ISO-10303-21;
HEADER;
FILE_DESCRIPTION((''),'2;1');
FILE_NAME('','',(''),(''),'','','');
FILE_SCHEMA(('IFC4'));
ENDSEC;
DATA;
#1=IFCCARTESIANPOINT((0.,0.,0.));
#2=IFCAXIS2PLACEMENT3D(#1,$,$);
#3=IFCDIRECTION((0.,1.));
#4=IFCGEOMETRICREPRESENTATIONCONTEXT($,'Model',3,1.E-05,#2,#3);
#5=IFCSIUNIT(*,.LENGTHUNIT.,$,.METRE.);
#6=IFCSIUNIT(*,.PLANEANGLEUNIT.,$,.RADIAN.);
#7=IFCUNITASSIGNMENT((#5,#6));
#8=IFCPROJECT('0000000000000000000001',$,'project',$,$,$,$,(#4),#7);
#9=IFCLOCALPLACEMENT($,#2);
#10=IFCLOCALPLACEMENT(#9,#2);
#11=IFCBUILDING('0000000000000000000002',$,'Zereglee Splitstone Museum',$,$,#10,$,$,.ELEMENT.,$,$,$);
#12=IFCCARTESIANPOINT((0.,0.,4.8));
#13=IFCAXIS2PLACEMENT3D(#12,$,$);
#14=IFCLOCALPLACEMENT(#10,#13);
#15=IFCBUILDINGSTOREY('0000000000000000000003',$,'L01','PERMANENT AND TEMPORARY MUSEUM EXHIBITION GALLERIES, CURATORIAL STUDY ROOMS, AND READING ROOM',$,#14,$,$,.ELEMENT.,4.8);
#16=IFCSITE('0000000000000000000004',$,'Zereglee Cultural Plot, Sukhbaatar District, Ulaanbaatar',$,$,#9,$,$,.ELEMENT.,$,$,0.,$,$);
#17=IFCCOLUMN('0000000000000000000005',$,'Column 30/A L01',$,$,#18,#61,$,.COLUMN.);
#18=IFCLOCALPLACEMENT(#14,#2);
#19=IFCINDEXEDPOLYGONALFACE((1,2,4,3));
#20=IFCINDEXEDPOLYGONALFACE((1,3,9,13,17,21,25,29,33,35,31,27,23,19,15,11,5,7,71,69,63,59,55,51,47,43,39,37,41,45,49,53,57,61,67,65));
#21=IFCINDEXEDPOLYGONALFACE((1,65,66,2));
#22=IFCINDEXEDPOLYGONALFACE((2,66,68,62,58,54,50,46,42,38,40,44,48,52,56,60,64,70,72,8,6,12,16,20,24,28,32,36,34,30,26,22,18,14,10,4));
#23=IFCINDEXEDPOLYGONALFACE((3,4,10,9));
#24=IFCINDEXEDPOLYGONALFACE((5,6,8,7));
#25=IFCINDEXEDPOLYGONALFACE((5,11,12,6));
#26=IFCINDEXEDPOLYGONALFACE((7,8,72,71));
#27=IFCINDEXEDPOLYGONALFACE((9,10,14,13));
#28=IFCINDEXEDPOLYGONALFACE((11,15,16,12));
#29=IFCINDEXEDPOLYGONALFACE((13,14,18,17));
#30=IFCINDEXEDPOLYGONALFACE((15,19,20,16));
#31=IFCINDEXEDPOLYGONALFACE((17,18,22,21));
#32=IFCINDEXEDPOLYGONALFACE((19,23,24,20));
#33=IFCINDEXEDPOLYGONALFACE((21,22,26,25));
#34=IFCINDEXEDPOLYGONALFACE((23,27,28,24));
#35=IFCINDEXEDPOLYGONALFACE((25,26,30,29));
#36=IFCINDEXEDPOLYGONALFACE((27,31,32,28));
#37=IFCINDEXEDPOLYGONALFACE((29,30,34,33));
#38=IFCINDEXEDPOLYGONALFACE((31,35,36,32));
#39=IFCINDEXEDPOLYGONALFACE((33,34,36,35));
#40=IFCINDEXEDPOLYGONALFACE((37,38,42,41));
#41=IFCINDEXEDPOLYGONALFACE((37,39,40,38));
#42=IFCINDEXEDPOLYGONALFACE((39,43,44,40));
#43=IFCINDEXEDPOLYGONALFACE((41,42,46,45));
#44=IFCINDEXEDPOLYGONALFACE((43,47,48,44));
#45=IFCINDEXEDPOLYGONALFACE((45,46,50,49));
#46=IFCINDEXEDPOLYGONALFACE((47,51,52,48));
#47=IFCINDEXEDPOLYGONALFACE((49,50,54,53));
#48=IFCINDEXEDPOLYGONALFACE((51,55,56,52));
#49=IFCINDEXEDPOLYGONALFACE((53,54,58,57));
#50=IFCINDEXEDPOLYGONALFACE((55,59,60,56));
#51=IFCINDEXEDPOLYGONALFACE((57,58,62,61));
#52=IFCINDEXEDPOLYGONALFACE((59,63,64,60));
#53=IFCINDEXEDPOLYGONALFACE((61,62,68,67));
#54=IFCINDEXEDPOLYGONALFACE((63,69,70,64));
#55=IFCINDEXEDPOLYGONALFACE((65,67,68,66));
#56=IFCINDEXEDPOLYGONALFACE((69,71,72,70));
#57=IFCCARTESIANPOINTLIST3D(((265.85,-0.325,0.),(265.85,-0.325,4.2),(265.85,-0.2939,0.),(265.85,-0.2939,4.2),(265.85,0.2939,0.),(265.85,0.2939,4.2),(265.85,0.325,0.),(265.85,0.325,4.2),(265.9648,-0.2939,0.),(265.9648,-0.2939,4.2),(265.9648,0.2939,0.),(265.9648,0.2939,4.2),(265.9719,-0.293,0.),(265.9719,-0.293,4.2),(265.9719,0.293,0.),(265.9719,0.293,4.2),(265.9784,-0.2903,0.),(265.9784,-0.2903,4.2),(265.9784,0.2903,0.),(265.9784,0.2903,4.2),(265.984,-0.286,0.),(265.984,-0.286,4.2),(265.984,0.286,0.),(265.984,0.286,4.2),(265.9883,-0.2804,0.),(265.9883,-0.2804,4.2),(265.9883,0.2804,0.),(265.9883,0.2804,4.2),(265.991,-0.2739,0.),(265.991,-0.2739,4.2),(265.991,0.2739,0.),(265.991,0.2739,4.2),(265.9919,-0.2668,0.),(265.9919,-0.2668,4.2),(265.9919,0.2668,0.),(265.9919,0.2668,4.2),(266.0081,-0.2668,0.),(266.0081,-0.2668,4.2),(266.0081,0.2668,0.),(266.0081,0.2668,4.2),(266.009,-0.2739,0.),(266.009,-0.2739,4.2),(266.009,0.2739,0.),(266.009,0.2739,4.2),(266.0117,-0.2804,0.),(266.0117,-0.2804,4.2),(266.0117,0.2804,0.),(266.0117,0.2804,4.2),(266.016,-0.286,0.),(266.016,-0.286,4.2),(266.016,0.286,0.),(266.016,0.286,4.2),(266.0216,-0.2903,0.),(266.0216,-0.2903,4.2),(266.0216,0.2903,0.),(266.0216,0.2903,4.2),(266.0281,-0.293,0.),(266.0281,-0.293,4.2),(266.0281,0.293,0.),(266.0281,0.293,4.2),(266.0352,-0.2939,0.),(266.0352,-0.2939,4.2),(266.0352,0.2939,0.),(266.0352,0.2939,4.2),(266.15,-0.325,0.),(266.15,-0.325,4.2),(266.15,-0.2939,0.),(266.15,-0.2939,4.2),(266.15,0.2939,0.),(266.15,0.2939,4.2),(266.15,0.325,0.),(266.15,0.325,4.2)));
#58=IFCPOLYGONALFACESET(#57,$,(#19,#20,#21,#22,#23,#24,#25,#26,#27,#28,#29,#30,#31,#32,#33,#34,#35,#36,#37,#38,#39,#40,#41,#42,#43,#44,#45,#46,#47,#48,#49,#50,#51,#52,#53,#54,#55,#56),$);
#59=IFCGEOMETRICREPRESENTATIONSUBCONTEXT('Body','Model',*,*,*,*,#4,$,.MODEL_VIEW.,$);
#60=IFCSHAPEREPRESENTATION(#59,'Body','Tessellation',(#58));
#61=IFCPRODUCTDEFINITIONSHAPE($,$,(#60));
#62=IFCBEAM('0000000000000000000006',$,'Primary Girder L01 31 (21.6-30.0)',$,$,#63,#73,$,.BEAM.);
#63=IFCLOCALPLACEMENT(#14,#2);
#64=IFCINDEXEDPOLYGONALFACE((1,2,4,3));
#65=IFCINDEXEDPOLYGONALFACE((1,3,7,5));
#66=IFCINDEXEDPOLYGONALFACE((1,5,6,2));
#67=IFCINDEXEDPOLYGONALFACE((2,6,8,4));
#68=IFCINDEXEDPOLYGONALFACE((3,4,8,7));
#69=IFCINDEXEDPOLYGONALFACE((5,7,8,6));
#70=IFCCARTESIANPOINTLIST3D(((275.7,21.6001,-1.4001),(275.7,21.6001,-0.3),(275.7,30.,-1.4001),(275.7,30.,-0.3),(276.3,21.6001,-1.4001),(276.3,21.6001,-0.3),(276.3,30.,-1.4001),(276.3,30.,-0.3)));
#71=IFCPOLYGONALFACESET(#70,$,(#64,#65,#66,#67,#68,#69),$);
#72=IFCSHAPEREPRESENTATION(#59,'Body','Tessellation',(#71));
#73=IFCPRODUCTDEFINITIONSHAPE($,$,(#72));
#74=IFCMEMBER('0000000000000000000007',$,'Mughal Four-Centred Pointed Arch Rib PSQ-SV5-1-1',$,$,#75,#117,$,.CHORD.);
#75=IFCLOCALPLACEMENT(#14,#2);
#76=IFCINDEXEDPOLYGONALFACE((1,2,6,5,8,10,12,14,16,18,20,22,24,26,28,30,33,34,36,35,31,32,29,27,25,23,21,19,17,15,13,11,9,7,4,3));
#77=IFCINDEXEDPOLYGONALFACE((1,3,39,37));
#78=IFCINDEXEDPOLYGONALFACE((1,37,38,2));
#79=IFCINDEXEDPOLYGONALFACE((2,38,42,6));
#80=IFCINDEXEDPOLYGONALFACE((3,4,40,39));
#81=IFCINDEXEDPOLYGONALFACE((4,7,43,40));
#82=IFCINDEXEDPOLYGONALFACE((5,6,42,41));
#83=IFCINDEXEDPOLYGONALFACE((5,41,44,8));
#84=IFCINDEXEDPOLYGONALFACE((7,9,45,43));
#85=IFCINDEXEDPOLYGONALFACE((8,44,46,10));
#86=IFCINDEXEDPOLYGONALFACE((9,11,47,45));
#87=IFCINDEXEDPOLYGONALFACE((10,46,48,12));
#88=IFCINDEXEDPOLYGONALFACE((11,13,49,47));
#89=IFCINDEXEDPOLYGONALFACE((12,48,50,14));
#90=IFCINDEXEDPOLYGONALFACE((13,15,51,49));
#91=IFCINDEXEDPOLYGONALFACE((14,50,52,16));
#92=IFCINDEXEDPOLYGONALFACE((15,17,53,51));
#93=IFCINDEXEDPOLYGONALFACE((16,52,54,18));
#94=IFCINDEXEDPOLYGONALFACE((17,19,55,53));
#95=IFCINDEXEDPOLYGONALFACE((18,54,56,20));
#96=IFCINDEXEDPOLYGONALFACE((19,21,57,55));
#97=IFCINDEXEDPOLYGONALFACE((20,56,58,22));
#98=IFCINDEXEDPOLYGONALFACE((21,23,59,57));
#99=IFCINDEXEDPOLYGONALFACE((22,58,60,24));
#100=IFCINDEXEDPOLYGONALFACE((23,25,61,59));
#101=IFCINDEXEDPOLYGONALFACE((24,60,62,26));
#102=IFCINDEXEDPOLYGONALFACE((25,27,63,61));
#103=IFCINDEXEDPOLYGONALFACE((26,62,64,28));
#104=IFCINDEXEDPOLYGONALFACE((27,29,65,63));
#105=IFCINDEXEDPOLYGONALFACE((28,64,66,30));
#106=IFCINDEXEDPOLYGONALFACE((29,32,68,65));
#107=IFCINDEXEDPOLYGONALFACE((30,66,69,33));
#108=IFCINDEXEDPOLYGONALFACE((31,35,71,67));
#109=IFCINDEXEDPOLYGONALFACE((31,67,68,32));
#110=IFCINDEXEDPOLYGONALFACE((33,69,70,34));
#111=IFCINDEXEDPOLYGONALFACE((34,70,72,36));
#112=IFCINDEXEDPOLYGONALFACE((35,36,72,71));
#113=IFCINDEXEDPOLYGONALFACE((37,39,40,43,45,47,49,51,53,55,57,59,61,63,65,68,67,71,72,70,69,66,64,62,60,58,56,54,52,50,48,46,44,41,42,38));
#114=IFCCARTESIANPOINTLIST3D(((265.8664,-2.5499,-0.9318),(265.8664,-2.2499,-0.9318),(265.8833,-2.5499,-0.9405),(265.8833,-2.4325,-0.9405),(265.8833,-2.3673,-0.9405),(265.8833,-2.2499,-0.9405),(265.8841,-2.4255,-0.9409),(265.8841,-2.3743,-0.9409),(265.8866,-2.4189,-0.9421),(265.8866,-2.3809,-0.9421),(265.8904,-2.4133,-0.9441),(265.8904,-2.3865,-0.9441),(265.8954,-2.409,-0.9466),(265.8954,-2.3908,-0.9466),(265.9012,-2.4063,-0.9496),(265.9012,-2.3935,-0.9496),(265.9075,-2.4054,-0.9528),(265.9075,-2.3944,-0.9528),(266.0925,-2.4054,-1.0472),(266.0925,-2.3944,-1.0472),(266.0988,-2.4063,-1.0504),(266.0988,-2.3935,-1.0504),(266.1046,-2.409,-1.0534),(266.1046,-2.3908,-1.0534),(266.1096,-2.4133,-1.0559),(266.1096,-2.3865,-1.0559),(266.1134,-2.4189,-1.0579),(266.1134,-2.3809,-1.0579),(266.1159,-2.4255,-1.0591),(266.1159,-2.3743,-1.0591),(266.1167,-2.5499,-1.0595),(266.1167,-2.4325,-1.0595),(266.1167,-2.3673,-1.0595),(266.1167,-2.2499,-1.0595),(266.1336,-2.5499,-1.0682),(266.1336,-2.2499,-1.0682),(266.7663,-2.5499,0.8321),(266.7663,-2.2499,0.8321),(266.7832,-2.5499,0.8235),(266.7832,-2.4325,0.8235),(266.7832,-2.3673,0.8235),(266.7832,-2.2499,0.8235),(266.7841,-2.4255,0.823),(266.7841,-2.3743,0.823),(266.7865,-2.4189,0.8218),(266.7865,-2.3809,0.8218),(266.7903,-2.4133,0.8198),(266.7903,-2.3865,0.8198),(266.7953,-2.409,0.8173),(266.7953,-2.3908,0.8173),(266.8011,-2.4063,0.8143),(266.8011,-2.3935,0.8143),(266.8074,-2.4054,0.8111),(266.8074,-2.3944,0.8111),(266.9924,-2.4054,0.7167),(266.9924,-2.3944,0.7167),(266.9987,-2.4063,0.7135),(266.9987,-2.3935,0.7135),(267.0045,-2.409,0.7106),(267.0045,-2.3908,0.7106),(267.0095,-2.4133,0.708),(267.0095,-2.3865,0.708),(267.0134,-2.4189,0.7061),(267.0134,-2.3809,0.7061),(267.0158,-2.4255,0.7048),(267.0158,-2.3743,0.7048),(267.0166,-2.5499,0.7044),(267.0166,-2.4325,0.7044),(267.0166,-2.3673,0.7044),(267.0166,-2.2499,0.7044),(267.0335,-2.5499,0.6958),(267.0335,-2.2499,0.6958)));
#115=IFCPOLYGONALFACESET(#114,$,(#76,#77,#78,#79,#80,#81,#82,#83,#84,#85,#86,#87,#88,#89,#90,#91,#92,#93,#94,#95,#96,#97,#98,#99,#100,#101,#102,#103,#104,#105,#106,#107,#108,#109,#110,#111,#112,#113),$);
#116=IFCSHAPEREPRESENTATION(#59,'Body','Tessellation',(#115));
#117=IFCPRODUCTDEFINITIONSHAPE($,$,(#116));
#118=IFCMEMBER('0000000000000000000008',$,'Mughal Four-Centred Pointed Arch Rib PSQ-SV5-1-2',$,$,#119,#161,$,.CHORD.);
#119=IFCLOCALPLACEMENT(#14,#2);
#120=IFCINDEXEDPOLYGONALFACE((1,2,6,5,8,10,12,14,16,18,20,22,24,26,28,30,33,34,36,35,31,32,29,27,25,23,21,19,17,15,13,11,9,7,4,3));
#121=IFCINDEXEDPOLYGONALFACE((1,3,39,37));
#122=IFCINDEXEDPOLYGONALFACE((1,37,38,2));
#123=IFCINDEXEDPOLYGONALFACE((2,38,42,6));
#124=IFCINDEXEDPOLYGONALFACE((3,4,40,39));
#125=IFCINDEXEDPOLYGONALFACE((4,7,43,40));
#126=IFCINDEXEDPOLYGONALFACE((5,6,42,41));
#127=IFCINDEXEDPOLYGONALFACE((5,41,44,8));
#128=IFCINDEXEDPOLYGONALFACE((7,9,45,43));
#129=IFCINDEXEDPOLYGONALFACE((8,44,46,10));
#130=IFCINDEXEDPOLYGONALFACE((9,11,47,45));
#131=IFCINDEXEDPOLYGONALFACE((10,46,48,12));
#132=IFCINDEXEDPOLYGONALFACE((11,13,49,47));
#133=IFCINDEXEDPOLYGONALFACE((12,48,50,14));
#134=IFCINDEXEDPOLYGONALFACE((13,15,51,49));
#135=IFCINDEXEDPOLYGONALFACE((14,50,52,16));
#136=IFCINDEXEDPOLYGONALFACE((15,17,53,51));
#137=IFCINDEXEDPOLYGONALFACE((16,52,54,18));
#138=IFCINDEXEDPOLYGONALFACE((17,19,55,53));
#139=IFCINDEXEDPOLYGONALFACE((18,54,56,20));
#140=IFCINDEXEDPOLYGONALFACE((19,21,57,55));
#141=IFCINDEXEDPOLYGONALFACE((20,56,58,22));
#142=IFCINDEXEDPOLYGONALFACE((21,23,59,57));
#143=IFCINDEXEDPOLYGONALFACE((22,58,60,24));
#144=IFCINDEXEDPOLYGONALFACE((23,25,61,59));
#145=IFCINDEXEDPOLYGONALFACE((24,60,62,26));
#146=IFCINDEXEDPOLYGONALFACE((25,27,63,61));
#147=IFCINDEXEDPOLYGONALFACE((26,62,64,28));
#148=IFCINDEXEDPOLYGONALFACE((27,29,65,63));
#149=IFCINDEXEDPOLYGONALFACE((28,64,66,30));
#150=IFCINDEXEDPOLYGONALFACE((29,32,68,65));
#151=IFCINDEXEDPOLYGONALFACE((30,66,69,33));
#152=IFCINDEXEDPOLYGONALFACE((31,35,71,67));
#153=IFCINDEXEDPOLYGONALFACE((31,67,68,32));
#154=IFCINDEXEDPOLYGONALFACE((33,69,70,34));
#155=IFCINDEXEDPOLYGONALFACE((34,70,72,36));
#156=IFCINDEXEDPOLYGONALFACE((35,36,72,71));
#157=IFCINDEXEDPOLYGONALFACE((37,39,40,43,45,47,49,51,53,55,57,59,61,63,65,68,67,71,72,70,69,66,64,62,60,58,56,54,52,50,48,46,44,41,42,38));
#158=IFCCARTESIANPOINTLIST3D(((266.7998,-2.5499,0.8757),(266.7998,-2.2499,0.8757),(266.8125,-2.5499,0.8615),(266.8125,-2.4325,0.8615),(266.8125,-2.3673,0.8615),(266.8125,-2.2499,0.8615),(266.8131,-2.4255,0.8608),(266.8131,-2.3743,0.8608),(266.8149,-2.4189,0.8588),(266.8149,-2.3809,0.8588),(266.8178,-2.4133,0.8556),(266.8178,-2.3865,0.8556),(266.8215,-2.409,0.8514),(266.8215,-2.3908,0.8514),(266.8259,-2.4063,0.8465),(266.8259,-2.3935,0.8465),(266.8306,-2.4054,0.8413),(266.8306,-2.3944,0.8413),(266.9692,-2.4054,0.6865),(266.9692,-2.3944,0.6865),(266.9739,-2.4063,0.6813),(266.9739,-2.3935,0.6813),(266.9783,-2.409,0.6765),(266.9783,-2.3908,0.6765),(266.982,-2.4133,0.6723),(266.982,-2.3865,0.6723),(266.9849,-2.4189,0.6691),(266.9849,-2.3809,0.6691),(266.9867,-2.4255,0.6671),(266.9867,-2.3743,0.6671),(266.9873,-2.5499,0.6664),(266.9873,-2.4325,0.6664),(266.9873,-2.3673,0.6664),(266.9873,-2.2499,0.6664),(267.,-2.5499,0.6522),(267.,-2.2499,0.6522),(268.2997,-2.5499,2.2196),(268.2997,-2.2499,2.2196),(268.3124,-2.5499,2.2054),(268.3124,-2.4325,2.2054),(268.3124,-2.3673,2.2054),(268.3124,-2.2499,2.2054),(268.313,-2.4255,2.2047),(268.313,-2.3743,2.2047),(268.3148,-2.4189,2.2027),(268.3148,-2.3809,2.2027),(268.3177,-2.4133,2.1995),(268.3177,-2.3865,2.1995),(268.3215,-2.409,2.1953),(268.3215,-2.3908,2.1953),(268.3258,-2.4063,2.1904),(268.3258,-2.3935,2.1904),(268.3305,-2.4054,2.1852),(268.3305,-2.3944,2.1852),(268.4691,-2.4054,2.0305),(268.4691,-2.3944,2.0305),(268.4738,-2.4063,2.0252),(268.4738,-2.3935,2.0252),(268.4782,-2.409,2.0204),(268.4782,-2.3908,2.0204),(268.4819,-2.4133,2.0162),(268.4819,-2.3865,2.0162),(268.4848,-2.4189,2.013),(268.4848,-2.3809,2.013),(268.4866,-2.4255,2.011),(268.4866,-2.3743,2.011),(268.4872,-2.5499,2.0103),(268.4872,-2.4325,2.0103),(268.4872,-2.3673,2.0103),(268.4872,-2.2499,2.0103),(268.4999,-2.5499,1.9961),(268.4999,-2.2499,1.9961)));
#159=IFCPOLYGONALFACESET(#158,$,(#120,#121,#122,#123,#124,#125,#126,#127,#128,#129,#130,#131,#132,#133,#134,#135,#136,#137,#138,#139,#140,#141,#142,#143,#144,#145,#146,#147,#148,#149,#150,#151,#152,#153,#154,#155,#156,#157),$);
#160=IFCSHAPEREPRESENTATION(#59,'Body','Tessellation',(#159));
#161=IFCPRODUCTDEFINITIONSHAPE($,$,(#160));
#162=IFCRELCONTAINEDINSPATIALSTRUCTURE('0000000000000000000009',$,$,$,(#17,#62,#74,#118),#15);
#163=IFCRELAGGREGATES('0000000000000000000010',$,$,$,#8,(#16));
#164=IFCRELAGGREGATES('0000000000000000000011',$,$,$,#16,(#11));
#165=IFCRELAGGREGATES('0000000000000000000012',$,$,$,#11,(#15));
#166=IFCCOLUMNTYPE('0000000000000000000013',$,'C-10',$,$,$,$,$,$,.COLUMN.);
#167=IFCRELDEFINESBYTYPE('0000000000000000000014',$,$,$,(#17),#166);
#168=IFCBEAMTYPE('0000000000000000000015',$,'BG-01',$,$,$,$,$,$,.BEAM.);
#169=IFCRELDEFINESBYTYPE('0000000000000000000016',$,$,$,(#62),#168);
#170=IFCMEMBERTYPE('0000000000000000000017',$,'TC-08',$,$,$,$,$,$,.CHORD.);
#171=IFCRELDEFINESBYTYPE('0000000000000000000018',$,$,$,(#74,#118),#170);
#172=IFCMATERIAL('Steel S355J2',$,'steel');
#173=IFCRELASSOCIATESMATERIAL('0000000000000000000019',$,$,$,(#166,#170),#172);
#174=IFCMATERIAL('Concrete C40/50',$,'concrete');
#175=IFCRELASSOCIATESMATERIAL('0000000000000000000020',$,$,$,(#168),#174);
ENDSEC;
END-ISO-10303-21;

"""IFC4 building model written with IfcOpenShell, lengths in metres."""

from ifc_helpers import new_model, si_unit, direction, frame, origin, origin_2d, place, context, subcontext, project, spatial, rectangle, i_section, extrude, material, material_profile, profile_set, type_object, element, save


model = new_model("IFC4")

# Units and contexts
model_context = context("Model", 3, precision=1e-05, world=origin(), true_north=direction((0.0, 1.0)))
body_context = subcontext(model_context, "Body", "Model", "MODEL_VIEW")
ifc_project = project(units=[si_unit("LENGTHUNIT", "METRE"), si_unit("PLANEANGLEUNIT", "RADIAN")], contexts=[model_context])

# Site, building, storey
site_placement = place(None, origin())
site = spatial("IfcSite", under=ifc_project, at=site_placement, Name="Zereglee Cultural Plot, Sukhbaatar District, Ulaanbaatar", CompositionType="ELEMENT", RefElevation=0.0)
building_placement = place(site_placement, origin())
building = spatial("IfcBuilding", under=site, at=building_placement, Name="Zereglee Splitstone Museum", CompositionType="ELEMENT")
storey_placement = place(building_placement, frame((0.0, 0.0, 4.8)))
storey = spatial("IfcBuildingStorey", under=building, at=storey_placement, Name="L01", Description="PERMANENT AND TEMPORARY MUSEUM EXHIBITION GALLERIES, CURATORIAL STUDY ROOMS, AND READING ROOM", CompositionType="ELEMENT", Elevation=4.8)

# Column
ifc_material_1 = material(Name="Steel S355J2", Category="steel")
ifc_material_profile_1 = material_profile(ifc_material_1, i_section(OverallWidth=0.3, OverallDepth=0.6499, WebThickness=0.0161, FlangeThickness=0.031, FilletRadius=0.0271, at=origin_2d()), Name="HE 650 B")
ifc_profile_set_1 = profile_set([ifc_material_profile_1], Name="Steel S355J2")
column_type_1 = type_object("IfcColumnType", Name="C-10", PredefinedType="COLUMN", material=ifc_profile_set_1)
column_1_placement = place(storey_placement, frame((266.0, 0.0, 0.0), z_axis=(0.0, 0.0, 1.0), x_axis=(1.0, 0.0, 0.0)))
element("IfcColumn", 1, at=column_1_placement, inside=storey, type_object=column_type_1, Name="Column 30/A L01", PredefinedType="COLUMN", context=body_context, shape_type="SweptSolid", body=[
    extrude(i_section(OverallWidth=0.3, OverallDepth=0.6499, WebThickness=0.0161, FlangeThickness=0.031, FilletRadius=0.0271, at=origin_2d()), origin(), (0.0, 0.0, 1.0), 4.2),
])

# Beam
ifc_material_2 = material(Name="Concrete C40/50", Category="concrete")
ifc_material_profile_2 = material_profile(ifc_material_2, rectangle(XDim=0.6001, YDim=1.1001, at=origin_2d()), Name="RC 600x1100")
ifc_profile_set_2 = profile_set([ifc_material_profile_2], Name="Concrete C40/50")
beam_type_1 = type_object("IfcBeamType", Name="BG-01", PredefinedType="BEAM", material=ifc_profile_set_2)
beam_1_placement = place(storey_placement, frame((276.0, 21.6001, -0.8501), z_axis=(0.0, 1.0, 0.0), x_axis=(-1.0, 0.0, 0.0)))
element("IfcBeam", 2, at=beam_1_placement, inside=storey, type_object=beam_type_1, Name="Primary Girder L01 31 (21.6-30.0)", PredefinedType="BEAM", context=body_context, shape_type="SweptSolid", body=[
    extrude(rectangle(XDim=0.6001, YDim=1.1001, at=origin_2d()), origin(), (0.0, 0.0, 1.0), 8.3999),
])

# Members
ifc_material_profile_3 = material_profile(ifc_material_1, i_section(OverallWidth=0.3, OverallDepth=0.3, WebThickness=0.011, FlangeThickness=0.019, FilletRadius=0.0271, at=origin_2d()), Name="HE 300 B")
ifc_profile_set_3 = profile_set([ifc_material_profile_3], Name="Steel S355J2")
member_type_1 = type_object("IfcMemberType", Name="TC-08", PredefinedType="CHORD", material=ifc_profile_set_3)
member_1_placement = place(storey_placement, frame((266.0, -2.3999, -1.0), z_axis=(0.454448, 0.0, 0.890773), x_axis=(0.0, 1.0, 0.0)))
element("IfcMember", 3, at=member_1_placement, inside=storey, type_object=member_type_1, Name="Mughal Four-Centred Pointed Arch Rib PSQ-SV5-1-1", PredefinedType="CHORD", context=body_context, shape_type="SweptSolid", body=[
    extrude(i_section(OverallWidth=0.3, OverallDepth=0.3, WebThickness=0.011, FlangeThickness=0.019, FilletRadius=0.0271, at=origin_2d()), origin(), (0.0, 0.0, 1.0), 1.9802),
])
member_2_placement = place(storey_placement, frame((266.8999, -2.3999, 0.7639), z_axis=(0.744775, 0.0, 0.667316), x_axis=(0.0, 1.0, 0.0)))
element("IfcMember", 4, at=member_2_placement, inside=storey, type_object=member_type_1, Name="Mughal Four-Centred Pointed Arch Rib PSQ-SV5-1-2", PredefinedType="CHORD", context=body_context, shape_type="SweptSolid", body=[
    extrude(i_section(OverallWidth=0.3, OverallDepth=0.3, WebThickness=0.011, FlangeThickness=0.019, FilletRadius=0.0271, at=origin_2d()), origin(), (0.0, 0.0, 1.0), 2.0139),
])

save(model, "model.ifc")
